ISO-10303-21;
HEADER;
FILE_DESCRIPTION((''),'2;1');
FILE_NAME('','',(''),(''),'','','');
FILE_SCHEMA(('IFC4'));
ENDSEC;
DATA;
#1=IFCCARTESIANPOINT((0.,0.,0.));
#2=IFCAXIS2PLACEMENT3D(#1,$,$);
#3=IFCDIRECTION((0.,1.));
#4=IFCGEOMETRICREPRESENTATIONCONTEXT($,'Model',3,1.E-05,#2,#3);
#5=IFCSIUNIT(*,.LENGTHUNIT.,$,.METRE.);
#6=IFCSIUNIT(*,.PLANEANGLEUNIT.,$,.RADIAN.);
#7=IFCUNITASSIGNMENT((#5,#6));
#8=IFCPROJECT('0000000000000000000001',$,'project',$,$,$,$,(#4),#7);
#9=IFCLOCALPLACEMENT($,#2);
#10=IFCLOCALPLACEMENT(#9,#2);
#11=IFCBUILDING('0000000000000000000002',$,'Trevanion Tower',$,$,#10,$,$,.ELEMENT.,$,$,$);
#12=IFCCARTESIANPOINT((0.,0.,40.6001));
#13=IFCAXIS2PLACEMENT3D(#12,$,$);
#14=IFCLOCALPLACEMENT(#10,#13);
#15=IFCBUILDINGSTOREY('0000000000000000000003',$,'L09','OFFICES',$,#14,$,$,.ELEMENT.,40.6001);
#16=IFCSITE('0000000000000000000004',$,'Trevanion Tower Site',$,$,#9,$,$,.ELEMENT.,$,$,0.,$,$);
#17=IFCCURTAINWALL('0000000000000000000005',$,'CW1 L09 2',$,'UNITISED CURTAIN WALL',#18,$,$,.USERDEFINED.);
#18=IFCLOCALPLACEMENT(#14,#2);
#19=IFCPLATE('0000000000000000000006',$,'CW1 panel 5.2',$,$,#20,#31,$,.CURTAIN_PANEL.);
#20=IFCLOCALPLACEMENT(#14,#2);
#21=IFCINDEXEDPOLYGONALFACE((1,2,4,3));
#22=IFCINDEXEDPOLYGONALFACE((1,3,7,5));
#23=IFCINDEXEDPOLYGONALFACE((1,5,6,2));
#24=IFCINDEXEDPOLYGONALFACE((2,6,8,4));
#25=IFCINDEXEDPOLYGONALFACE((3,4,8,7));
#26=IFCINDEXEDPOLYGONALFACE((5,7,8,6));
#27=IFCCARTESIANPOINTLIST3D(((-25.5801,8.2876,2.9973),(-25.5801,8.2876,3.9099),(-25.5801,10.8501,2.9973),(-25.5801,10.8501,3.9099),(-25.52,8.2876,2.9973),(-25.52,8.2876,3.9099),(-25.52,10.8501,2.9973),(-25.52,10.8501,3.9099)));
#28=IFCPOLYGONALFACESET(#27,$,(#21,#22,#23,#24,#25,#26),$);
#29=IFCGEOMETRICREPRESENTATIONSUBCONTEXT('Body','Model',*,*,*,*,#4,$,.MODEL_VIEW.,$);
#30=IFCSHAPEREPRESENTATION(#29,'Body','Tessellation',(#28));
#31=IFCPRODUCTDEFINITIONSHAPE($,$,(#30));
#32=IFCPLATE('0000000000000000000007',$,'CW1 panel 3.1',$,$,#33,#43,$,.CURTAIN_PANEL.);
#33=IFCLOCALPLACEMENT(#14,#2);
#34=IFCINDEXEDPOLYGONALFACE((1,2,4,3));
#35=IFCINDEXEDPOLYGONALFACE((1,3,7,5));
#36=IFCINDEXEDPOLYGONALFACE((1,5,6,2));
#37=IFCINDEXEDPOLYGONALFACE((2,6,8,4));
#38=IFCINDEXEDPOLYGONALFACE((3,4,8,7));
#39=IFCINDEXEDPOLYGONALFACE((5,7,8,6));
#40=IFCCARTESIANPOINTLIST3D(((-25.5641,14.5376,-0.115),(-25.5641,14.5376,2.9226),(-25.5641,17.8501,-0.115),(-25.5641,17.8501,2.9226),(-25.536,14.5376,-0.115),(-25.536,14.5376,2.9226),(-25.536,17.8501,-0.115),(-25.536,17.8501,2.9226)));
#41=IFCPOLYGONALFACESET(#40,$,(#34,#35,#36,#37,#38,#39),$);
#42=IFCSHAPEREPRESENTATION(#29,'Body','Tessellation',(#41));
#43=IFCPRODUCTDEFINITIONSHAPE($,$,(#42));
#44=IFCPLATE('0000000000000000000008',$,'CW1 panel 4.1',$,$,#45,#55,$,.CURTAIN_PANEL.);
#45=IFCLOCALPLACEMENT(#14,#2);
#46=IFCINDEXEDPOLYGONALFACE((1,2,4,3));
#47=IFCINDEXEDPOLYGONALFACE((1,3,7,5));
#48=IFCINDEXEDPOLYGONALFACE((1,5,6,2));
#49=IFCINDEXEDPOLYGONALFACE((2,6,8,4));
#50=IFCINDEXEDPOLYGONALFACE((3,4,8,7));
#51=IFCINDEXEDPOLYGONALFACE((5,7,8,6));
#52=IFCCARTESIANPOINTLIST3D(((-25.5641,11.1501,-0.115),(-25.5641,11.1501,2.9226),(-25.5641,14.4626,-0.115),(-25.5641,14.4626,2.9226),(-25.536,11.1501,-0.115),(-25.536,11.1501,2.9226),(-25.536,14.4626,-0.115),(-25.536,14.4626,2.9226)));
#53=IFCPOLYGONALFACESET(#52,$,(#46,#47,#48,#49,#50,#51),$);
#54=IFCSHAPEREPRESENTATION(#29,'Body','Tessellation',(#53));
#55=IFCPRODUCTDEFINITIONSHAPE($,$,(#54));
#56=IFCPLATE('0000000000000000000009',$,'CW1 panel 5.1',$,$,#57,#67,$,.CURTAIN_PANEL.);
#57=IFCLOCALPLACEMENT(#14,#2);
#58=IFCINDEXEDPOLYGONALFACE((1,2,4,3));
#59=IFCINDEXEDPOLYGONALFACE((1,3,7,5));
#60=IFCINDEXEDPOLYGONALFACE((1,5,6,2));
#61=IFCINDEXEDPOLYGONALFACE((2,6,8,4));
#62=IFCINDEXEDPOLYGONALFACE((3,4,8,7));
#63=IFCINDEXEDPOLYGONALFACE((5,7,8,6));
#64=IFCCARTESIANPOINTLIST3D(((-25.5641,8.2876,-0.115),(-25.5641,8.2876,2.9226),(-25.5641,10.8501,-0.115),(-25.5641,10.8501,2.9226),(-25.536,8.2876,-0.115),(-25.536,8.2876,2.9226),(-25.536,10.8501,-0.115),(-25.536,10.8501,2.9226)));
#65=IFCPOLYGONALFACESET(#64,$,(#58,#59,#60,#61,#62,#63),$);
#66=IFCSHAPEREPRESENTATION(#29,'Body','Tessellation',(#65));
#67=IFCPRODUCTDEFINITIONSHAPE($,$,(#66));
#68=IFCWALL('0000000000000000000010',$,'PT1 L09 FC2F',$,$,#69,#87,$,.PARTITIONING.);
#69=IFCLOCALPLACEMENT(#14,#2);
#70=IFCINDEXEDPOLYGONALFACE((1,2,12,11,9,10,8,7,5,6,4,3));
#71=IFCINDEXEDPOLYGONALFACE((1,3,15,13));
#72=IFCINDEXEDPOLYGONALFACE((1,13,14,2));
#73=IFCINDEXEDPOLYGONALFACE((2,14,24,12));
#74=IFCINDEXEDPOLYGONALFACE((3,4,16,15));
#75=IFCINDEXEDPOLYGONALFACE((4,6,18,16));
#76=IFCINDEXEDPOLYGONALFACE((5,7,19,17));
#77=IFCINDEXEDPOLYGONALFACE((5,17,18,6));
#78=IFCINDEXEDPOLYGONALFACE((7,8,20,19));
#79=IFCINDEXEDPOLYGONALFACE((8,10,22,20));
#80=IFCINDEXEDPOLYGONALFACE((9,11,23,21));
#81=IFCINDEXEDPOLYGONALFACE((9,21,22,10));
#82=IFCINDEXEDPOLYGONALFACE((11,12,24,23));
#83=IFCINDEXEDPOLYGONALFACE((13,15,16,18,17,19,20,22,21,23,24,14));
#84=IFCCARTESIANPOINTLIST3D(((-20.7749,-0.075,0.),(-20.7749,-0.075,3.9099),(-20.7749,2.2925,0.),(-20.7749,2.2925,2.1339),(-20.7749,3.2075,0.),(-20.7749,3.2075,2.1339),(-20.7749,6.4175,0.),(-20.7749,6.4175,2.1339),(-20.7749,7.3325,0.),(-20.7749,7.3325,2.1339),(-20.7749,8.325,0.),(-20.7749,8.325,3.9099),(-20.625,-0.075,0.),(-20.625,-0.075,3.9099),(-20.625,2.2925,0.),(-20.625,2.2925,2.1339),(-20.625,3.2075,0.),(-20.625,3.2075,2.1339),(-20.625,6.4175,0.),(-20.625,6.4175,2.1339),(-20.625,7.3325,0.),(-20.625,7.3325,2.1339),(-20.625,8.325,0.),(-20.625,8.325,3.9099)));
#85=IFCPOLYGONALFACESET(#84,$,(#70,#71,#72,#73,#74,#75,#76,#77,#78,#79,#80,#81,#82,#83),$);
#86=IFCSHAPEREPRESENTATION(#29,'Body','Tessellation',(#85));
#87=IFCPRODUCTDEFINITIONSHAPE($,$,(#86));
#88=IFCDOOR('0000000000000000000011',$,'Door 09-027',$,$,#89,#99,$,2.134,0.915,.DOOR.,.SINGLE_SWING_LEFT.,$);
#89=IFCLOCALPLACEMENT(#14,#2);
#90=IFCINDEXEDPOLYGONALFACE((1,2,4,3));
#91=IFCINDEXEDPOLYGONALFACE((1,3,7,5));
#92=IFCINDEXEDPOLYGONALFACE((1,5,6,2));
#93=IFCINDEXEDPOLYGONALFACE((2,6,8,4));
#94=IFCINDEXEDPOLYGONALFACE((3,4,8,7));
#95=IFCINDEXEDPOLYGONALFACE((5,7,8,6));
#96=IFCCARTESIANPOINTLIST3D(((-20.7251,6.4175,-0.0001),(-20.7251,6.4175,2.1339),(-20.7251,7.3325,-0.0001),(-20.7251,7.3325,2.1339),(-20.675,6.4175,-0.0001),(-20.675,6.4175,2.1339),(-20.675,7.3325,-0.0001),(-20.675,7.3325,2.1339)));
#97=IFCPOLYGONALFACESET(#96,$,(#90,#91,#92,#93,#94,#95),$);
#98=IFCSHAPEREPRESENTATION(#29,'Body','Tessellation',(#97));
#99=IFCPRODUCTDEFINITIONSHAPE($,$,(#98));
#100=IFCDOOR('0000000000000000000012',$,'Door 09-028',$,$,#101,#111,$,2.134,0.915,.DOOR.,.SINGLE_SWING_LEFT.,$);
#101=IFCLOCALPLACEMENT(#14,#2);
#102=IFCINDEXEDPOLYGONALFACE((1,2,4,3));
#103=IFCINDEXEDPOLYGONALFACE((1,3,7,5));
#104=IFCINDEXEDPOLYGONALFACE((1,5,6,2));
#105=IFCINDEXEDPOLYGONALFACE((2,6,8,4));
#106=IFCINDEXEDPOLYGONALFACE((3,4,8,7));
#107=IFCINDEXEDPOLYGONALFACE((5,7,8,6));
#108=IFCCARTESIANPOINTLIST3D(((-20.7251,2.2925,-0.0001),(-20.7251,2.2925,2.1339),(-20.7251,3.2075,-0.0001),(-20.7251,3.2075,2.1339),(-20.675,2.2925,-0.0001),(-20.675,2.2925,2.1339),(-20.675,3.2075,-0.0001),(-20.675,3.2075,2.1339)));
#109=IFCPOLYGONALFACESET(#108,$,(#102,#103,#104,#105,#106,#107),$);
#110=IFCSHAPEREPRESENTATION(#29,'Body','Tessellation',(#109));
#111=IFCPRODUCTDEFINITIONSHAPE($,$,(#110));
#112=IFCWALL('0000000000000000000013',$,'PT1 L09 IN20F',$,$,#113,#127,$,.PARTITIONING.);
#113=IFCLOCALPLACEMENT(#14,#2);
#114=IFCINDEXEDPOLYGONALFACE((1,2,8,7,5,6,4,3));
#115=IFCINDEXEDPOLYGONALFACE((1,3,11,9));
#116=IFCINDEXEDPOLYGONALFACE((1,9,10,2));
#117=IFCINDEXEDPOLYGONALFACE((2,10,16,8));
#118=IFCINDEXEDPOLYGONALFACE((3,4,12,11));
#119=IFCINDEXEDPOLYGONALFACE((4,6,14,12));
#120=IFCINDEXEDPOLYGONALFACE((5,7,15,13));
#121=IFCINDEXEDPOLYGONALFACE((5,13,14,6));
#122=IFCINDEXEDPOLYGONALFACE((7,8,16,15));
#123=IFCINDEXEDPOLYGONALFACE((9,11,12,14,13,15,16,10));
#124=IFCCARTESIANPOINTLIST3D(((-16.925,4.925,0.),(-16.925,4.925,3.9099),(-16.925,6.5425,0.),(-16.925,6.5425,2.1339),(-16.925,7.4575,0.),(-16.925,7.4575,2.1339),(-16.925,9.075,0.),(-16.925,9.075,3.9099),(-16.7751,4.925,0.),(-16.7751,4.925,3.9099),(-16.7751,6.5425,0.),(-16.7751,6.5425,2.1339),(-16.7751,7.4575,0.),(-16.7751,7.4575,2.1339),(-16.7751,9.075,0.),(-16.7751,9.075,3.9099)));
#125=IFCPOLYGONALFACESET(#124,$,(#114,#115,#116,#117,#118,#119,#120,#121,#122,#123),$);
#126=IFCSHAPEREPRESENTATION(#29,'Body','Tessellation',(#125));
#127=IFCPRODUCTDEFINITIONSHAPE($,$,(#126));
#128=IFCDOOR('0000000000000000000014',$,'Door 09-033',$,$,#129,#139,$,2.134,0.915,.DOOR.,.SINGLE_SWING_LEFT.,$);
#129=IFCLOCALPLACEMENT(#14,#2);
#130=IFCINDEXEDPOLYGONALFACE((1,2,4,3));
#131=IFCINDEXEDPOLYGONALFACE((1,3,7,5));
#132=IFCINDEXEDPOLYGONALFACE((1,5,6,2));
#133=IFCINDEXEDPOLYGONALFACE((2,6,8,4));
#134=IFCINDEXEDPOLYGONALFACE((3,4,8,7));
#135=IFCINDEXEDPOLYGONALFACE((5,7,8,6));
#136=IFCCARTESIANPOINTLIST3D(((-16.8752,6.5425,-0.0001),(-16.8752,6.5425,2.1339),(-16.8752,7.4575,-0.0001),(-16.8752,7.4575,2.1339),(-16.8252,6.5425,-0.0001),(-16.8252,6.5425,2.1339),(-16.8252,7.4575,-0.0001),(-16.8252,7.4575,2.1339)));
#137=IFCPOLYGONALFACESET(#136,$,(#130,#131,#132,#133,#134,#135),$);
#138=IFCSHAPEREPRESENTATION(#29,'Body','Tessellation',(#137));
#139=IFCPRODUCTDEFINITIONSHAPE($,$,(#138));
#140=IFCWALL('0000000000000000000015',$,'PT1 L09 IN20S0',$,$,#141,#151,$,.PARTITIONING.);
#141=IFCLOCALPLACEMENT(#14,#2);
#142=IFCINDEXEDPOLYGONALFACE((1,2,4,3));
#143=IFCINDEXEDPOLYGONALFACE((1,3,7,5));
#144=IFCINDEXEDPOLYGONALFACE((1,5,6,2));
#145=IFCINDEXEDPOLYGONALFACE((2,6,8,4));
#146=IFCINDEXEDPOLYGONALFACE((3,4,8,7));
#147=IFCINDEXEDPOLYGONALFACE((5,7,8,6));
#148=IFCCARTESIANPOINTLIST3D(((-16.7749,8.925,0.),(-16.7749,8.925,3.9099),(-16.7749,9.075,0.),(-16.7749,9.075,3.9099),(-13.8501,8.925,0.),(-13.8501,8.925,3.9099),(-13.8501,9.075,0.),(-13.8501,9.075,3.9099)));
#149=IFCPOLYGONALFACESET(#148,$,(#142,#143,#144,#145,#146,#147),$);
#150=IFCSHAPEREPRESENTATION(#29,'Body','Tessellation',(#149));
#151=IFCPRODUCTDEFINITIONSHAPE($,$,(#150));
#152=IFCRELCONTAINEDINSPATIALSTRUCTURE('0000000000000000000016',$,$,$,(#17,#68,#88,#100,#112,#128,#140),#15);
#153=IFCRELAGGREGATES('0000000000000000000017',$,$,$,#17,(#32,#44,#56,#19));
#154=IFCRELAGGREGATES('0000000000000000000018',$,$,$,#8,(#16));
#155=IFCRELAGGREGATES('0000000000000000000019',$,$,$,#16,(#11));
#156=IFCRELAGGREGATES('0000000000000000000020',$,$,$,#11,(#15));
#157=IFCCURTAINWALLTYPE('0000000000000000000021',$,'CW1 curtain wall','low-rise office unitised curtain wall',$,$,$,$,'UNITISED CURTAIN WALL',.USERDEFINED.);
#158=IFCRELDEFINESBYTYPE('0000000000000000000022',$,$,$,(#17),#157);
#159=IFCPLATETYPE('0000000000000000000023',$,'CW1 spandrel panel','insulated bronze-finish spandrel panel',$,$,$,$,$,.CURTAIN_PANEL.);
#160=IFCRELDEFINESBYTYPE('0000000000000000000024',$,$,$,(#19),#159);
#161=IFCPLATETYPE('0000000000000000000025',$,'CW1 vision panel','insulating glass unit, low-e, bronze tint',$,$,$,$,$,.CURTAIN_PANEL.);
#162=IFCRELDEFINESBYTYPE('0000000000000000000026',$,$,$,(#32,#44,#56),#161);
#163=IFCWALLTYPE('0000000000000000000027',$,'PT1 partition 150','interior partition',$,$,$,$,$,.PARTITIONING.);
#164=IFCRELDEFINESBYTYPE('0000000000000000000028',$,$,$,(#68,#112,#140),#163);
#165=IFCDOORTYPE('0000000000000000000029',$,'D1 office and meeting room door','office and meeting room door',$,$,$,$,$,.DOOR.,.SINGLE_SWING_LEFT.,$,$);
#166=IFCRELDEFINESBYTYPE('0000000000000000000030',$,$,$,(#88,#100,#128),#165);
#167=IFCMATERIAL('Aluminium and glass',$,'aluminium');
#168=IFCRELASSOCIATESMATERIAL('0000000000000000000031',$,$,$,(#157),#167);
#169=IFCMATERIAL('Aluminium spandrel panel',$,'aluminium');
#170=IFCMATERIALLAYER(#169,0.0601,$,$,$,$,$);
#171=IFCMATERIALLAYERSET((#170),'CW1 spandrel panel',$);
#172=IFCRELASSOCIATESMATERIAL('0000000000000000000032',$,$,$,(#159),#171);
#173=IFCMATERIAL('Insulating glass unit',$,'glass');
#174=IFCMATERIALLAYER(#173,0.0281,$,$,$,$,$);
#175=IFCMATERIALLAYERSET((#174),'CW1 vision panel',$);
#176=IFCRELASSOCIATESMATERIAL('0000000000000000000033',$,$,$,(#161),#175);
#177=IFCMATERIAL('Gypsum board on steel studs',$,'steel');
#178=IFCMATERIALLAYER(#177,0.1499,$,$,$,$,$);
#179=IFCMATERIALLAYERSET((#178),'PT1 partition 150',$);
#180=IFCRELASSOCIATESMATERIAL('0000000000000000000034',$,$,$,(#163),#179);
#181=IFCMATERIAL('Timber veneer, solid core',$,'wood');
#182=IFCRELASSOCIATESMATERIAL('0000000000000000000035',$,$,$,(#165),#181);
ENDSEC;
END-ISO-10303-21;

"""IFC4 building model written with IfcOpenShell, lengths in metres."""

from ifc_helpers import new_model, si_unit, direction, frame, frame_2d, origin, origin_2d, place, context, subcontext, project, spatial, rectangle, extrude, material, layer, layer_set, type_object, element, fill, aggregate, save


model = new_model("IFC4")

# Units and contexts
model_context = context("Model", 3, precision=1e-05, world=origin(), true_north=direction((0.0, 1.0)))
body_context = subcontext(model_context, "Body", "Model", "MODEL_VIEW")
ifc_project = project(units=[si_unit("LENGTHUNIT", "METRE"), si_unit("PLANEANGLEUNIT", "RADIAN")], contexts=[model_context])

# Site, building, storey
site_placement = place(None, origin())
site = spatial("IfcSite", under=ifc_project, at=site_placement, Name="Trevanion Tower Site", CompositionType="ELEMENT", RefElevation=0.0)
building_placement = place(site_placement, origin())
building = spatial("IfcBuilding", under=site, at=building_placement, Name="Trevanion Tower", CompositionType="ELEMENT")
storey_placement = place(building_placement, frame((0.0, 0.0, 40.6001)))
storey = spatial("IfcBuildingStorey", under=building, at=storey_placement, Name="L09", Description="OFFICES", CompositionType="ELEMENT", Elevation=40.6001)

# Curtain wall
ifc_material_1 = material(Name="Aluminium and glass", Category="aluminium")
curtain_wall_type = type_object("IfcCurtainWallType", Name="CW1 curtain wall", Description="low-rise office unitised curtain wall", ElementType="UNITISED CURTAIN WALL", PredefinedType="USERDEFINED", material=ifc_material_1)
curtain_wall_placement = place(storey_placement, origin())
curtain_wall = element("IfcCurtainWall", 1, at=curtain_wall_placement, inside=storey, type_object=curtain_wall_type, Name="CW1 L09 2", ObjectType="UNITISED CURTAIN WALL", PredefinedType="USERDEFINED")

# Plates
ifc_material_2 = material(Name="Aluminium spandrel panel", Category="aluminium")
ifc_layer_1 = layer(ifc_material_2, 0.0601)
ifc_layer_set_1 = layer_set([ifc_layer_1], Name="CW1 spandrel panel")
plate_type_1 = type_object("IfcPlateType", Name="CW1 spandrel panel", Description="insulated bronze-finish spandrel panel", PredefinedType="CURTAIN_PANEL", material=ifc_layer_set_1)
plate_1_placement = place(storey_placement, frame((-25.55, 9.5688, 2.9973), z_axis=(0.0, 0.0, 1.0), x_axis=(0.0, -1.0, 0.0)))
plate_1 = element("IfcPlate", 2, at=plate_1_placement, type_object=plate_type_1, Name="CW1 panel 5.2", PredefinedType="CURTAIN_PANEL", context=body_context, shape_type="SweptSolid", body=[
    extrude(rectangle(XDim=2.5625, YDim=0.0601, at=origin_2d()), origin(), (0.0, 0.0, 1.0), 0.9126),
])
ifc_material_3 = material(Name="Insulating glass unit", Category="glass")
ifc_layer_2 = layer(ifc_material_3, 0.0281)
ifc_layer_set_2 = layer_set([ifc_layer_2], Name="CW1 vision panel")
plate_type_2 = type_object("IfcPlateType", Name="CW1 vision panel", Description="insulating glass unit, low-e, bronze tint", PredefinedType="CURTAIN_PANEL", material=ifc_layer_set_2)
plate_2_placement = place(storey_placement, frame((-25.55, 16.1938, -0.115), z_axis=(0.0, 0.0, 1.0), x_axis=(0.0, -1.0, 0.0)))
plate_2 = element("IfcPlate", 3, at=plate_2_placement, type_object=plate_type_2, Name="CW1 panel 3.1", PredefinedType="CURTAIN_PANEL", context=body_context, shape_type="SweptSolid", body=[
    extrude(rectangle(XDim=3.3125, YDim=0.0281, at=origin_2d()), origin(), (0.0, 0.0, 1.0), 3.0376),
])
plate_3_placement = place(storey_placement, frame((-25.55, 12.8064, -0.115), z_axis=(0.0, 0.0, 1.0), x_axis=(0.0, -1.0, 0.0)))
plate_3 = element("IfcPlate", 4, at=plate_3_placement, type_object=plate_type_2, Name="CW1 panel 4.1", PredefinedType="CURTAIN_PANEL", context=body_context, shape_type="SweptSolid", body=[
    extrude(rectangle(XDim=3.3125, YDim=0.0281, at=origin_2d()), origin(), (0.0, 0.0, 1.0), 3.0376),
])
plate_4_placement = place(storey_placement, frame((-25.55, 9.5688, -0.115), z_axis=(0.0, 0.0, 1.0), x_axis=(0.0, -1.0, 0.0)))
plate_4 = element("IfcPlate", 5, at=plate_4_placement, type_object=plate_type_2, Name="CW1 panel 5.1", PredefinedType="CURTAIN_PANEL", context=body_context, shape_type="SweptSolid", body=[
    extrude(rectangle(XDim=2.5625, YDim=0.0281, at=origin_2d()), origin(), (0.0, 0.0, 1.0), 3.0376),
])
aggregate(curtain_wall, [plate_2, plate_3, plate_4, plate_1])

# Wall, openings, doors
ifc_material_4 = material(Name="Gypsum board on steel studs", Category="steel")
ifc_layer_3 = layer(ifc_material_4, 0.1499)
ifc_layer_set_3 = layer_set([ifc_layer_3], Name="PT1 partition 150")
wall_type = type_object("IfcWallType", Name="PT1 partition 150", Description="interior partition", PredefinedType="PARTITIONING", material=ifc_layer_set_3)
wall_1_placement = place(storey_placement, frame((-20.7, 8.325, 0.0), z_axis=(0.0, 0.0, 1.0), x_axis=(0.0, -1.0, 0.0)))
wall_1 = element("IfcWall", 6, at=wall_1_placement, inside=storey, type_object=wall_type, Name="PT1 L09 FC2F", PredefinedType="PARTITIONING", context=body_context, shape_type="SweptSolid", body=[
    extrude(rectangle(XDim=8.3999, YDim=0.1499, at=frame_2d((4.2, 0.0))), origin(), (0.0, 0.0, 1.0), 3.9099),
])
opening_1_placement = place(wall_1_placement, frame((0.9924, 0.0, 0.0)))
opening_1 = element("IfcOpeningElement", 7, at=opening_1_placement, cuts=wall_1, PredefinedType="OPENING", context=body_context, shape_type="SweptSolid", body=[
    extrude(rectangle(XDim=0.915, YDim=2.134, at=frame_2d((0.4575, 1.0669))), frame((0.0, 0.085, 0.0), z_axis=(0.0, -1.0, 0.0), x_axis=(1.0, 0.0, 0.0)), (0.0, 0.0, 1.0), 0.1699),
])
opening_2_placement = place(wall_1_placement, frame((5.1174, 0.0, 0.0)))
opening_2 = element("IfcOpeningElement", 8, at=opening_2_placement, cuts=wall_1, PredefinedType="OPENING", context=body_context, shape_type="SweptSolid", body=[
    extrude(rectangle(XDim=0.915, YDim=2.134, at=frame_2d((0.4575, 1.0669))), frame((0.0, 0.085, 0.0), z_axis=(0.0, -1.0, 0.0), x_axis=(1.0, 0.0, 0.0)), (0.0, 0.0, 1.0), 0.1699),
])
ifc_material_5 = material(Name="Timber veneer, solid core", Category="wood")
door_type = type_object("IfcDoorType", Name="D1 office and meeting room door", Description="office and meeting room door", OperationType="SINGLE_SWING_LEFT", PredefinedType="DOOR", material=ifc_material_5)
door_1_placement = place(opening_1_placement, origin())
door_1 = element("IfcDoor", 9, at=door_1_placement, inside=storey, type_object=door_type, Name="Door 09-027", OperationType="SINGLE_SWING_LEFT", OverallHeight=2.134, OverallWidth=0.915, PredefinedType="DOOR", context=body_context, shape_type="SweptSolid", body=[
    extrude(rectangle(XDim=0.915, YDim=2.134, at=frame_2d((0.4575, 1.0669))), frame((0.0, 0.0249, 0.0), z_axis=(0.0, -1.0, 0.0), x_axis=(1.0, 0.0, 0.0)), (0.0, 0.0, 1.0), 0.05),
])
fill(opening_1, door_1)
door_2_placement = place(opening_2_placement, origin())
door_2 = element("IfcDoor", 10, at=door_2_placement, inside=storey, type_object=door_type, Name="Door 09-028", OperationType="SINGLE_SWING_LEFT", OverallHeight=2.134, OverallWidth=0.915, PredefinedType="DOOR", context=body_context, shape_type="SweptSolid", body=[
    extrude(rectangle(XDim=0.915, YDim=2.134, at=frame_2d((0.4575, 1.0669))), frame((0.0, 0.0249, 0.0), z_axis=(0.0, -1.0, 0.0), x_axis=(1.0, 0.0, 0.0)), (0.0, 0.0, 1.0), 0.05),
])
fill(opening_2, door_2)

# Wall, opening, door
wall_2_placement = place(storey_placement, frame((-16.8501, 9.075, 0.0), z_axis=(0.0, 0.0, 1.0), x_axis=(0.0, -1.0, 0.0)))
wall_2 = element("IfcWall", 11, at=wall_2_placement, inside=storey, type_object=wall_type, Name="PT1 L09 IN20F", PredefinedType="PARTITIONING", context=body_context, shape_type="SweptSolid", body=[
    extrude(rectangle(XDim=4.1499, YDim=0.1499, at=frame_2d((2.075, 0.0))), origin(), (0.0, 0.0, 1.0), 3.9099),
])
opening_3_placement = place(wall_2_placement, frame((1.6174, 0.0, 0.0)))
opening_3 = element("IfcOpeningElement", 12, at=opening_3_placement, cuts=wall_2, PredefinedType="OPENING", context=body_context, shape_type="SweptSolid", body=[
    extrude(rectangle(XDim=0.915, YDim=2.134, at=frame_2d((0.4575, 1.0669))), frame((0.0, 0.085, 0.0), z_axis=(0.0, -1.0, 0.0), x_axis=(1.0, 0.0, 0.0)), (0.0, 0.0, 1.0), 0.1699),
])
door_3_placement = place(opening_3_placement, origin())
door_3 = element("IfcDoor", 13, at=door_3_placement, inside=storey, type_object=door_type, Name="Door 09-033", OperationType="SINGLE_SWING_LEFT", OverallHeight=2.134, OverallWidth=0.915, PredefinedType="DOOR", context=body_context, shape_type="SweptSolid", body=[
    extrude(rectangle(XDim=0.915, YDim=2.134, at=frame_2d((0.4575, 1.0669))), frame((0.0, 0.0249, 0.0), z_axis=(0.0, -1.0, 0.0), x_axis=(1.0, 0.0, 0.0)), (0.0, 0.0, 1.0), 0.05),
])
fill(opening_3, door_3)

# Wall
wall_3_placement = place(storey_placement, frame((-16.7749, 9.0, 0.0), z_axis=(0.0, 0.0, 1.0), x_axis=(1.0, 0.0, 0.0)))
element("IfcWall", 14, at=wall_3_placement, inside=storey, type_object=wall_type, Name="PT1 L09 IN20S0", PredefinedType="PARTITIONING", context=body_context, shape_type="SweptSolid", body=[
    extrude(rectangle(XDim=2.9248, YDim=0.1499, at=frame_2d((1.4624, 0.0))), origin(), (0.0, 0.0, 1.0), 3.9099),
])

save(model, "model.ifc")
